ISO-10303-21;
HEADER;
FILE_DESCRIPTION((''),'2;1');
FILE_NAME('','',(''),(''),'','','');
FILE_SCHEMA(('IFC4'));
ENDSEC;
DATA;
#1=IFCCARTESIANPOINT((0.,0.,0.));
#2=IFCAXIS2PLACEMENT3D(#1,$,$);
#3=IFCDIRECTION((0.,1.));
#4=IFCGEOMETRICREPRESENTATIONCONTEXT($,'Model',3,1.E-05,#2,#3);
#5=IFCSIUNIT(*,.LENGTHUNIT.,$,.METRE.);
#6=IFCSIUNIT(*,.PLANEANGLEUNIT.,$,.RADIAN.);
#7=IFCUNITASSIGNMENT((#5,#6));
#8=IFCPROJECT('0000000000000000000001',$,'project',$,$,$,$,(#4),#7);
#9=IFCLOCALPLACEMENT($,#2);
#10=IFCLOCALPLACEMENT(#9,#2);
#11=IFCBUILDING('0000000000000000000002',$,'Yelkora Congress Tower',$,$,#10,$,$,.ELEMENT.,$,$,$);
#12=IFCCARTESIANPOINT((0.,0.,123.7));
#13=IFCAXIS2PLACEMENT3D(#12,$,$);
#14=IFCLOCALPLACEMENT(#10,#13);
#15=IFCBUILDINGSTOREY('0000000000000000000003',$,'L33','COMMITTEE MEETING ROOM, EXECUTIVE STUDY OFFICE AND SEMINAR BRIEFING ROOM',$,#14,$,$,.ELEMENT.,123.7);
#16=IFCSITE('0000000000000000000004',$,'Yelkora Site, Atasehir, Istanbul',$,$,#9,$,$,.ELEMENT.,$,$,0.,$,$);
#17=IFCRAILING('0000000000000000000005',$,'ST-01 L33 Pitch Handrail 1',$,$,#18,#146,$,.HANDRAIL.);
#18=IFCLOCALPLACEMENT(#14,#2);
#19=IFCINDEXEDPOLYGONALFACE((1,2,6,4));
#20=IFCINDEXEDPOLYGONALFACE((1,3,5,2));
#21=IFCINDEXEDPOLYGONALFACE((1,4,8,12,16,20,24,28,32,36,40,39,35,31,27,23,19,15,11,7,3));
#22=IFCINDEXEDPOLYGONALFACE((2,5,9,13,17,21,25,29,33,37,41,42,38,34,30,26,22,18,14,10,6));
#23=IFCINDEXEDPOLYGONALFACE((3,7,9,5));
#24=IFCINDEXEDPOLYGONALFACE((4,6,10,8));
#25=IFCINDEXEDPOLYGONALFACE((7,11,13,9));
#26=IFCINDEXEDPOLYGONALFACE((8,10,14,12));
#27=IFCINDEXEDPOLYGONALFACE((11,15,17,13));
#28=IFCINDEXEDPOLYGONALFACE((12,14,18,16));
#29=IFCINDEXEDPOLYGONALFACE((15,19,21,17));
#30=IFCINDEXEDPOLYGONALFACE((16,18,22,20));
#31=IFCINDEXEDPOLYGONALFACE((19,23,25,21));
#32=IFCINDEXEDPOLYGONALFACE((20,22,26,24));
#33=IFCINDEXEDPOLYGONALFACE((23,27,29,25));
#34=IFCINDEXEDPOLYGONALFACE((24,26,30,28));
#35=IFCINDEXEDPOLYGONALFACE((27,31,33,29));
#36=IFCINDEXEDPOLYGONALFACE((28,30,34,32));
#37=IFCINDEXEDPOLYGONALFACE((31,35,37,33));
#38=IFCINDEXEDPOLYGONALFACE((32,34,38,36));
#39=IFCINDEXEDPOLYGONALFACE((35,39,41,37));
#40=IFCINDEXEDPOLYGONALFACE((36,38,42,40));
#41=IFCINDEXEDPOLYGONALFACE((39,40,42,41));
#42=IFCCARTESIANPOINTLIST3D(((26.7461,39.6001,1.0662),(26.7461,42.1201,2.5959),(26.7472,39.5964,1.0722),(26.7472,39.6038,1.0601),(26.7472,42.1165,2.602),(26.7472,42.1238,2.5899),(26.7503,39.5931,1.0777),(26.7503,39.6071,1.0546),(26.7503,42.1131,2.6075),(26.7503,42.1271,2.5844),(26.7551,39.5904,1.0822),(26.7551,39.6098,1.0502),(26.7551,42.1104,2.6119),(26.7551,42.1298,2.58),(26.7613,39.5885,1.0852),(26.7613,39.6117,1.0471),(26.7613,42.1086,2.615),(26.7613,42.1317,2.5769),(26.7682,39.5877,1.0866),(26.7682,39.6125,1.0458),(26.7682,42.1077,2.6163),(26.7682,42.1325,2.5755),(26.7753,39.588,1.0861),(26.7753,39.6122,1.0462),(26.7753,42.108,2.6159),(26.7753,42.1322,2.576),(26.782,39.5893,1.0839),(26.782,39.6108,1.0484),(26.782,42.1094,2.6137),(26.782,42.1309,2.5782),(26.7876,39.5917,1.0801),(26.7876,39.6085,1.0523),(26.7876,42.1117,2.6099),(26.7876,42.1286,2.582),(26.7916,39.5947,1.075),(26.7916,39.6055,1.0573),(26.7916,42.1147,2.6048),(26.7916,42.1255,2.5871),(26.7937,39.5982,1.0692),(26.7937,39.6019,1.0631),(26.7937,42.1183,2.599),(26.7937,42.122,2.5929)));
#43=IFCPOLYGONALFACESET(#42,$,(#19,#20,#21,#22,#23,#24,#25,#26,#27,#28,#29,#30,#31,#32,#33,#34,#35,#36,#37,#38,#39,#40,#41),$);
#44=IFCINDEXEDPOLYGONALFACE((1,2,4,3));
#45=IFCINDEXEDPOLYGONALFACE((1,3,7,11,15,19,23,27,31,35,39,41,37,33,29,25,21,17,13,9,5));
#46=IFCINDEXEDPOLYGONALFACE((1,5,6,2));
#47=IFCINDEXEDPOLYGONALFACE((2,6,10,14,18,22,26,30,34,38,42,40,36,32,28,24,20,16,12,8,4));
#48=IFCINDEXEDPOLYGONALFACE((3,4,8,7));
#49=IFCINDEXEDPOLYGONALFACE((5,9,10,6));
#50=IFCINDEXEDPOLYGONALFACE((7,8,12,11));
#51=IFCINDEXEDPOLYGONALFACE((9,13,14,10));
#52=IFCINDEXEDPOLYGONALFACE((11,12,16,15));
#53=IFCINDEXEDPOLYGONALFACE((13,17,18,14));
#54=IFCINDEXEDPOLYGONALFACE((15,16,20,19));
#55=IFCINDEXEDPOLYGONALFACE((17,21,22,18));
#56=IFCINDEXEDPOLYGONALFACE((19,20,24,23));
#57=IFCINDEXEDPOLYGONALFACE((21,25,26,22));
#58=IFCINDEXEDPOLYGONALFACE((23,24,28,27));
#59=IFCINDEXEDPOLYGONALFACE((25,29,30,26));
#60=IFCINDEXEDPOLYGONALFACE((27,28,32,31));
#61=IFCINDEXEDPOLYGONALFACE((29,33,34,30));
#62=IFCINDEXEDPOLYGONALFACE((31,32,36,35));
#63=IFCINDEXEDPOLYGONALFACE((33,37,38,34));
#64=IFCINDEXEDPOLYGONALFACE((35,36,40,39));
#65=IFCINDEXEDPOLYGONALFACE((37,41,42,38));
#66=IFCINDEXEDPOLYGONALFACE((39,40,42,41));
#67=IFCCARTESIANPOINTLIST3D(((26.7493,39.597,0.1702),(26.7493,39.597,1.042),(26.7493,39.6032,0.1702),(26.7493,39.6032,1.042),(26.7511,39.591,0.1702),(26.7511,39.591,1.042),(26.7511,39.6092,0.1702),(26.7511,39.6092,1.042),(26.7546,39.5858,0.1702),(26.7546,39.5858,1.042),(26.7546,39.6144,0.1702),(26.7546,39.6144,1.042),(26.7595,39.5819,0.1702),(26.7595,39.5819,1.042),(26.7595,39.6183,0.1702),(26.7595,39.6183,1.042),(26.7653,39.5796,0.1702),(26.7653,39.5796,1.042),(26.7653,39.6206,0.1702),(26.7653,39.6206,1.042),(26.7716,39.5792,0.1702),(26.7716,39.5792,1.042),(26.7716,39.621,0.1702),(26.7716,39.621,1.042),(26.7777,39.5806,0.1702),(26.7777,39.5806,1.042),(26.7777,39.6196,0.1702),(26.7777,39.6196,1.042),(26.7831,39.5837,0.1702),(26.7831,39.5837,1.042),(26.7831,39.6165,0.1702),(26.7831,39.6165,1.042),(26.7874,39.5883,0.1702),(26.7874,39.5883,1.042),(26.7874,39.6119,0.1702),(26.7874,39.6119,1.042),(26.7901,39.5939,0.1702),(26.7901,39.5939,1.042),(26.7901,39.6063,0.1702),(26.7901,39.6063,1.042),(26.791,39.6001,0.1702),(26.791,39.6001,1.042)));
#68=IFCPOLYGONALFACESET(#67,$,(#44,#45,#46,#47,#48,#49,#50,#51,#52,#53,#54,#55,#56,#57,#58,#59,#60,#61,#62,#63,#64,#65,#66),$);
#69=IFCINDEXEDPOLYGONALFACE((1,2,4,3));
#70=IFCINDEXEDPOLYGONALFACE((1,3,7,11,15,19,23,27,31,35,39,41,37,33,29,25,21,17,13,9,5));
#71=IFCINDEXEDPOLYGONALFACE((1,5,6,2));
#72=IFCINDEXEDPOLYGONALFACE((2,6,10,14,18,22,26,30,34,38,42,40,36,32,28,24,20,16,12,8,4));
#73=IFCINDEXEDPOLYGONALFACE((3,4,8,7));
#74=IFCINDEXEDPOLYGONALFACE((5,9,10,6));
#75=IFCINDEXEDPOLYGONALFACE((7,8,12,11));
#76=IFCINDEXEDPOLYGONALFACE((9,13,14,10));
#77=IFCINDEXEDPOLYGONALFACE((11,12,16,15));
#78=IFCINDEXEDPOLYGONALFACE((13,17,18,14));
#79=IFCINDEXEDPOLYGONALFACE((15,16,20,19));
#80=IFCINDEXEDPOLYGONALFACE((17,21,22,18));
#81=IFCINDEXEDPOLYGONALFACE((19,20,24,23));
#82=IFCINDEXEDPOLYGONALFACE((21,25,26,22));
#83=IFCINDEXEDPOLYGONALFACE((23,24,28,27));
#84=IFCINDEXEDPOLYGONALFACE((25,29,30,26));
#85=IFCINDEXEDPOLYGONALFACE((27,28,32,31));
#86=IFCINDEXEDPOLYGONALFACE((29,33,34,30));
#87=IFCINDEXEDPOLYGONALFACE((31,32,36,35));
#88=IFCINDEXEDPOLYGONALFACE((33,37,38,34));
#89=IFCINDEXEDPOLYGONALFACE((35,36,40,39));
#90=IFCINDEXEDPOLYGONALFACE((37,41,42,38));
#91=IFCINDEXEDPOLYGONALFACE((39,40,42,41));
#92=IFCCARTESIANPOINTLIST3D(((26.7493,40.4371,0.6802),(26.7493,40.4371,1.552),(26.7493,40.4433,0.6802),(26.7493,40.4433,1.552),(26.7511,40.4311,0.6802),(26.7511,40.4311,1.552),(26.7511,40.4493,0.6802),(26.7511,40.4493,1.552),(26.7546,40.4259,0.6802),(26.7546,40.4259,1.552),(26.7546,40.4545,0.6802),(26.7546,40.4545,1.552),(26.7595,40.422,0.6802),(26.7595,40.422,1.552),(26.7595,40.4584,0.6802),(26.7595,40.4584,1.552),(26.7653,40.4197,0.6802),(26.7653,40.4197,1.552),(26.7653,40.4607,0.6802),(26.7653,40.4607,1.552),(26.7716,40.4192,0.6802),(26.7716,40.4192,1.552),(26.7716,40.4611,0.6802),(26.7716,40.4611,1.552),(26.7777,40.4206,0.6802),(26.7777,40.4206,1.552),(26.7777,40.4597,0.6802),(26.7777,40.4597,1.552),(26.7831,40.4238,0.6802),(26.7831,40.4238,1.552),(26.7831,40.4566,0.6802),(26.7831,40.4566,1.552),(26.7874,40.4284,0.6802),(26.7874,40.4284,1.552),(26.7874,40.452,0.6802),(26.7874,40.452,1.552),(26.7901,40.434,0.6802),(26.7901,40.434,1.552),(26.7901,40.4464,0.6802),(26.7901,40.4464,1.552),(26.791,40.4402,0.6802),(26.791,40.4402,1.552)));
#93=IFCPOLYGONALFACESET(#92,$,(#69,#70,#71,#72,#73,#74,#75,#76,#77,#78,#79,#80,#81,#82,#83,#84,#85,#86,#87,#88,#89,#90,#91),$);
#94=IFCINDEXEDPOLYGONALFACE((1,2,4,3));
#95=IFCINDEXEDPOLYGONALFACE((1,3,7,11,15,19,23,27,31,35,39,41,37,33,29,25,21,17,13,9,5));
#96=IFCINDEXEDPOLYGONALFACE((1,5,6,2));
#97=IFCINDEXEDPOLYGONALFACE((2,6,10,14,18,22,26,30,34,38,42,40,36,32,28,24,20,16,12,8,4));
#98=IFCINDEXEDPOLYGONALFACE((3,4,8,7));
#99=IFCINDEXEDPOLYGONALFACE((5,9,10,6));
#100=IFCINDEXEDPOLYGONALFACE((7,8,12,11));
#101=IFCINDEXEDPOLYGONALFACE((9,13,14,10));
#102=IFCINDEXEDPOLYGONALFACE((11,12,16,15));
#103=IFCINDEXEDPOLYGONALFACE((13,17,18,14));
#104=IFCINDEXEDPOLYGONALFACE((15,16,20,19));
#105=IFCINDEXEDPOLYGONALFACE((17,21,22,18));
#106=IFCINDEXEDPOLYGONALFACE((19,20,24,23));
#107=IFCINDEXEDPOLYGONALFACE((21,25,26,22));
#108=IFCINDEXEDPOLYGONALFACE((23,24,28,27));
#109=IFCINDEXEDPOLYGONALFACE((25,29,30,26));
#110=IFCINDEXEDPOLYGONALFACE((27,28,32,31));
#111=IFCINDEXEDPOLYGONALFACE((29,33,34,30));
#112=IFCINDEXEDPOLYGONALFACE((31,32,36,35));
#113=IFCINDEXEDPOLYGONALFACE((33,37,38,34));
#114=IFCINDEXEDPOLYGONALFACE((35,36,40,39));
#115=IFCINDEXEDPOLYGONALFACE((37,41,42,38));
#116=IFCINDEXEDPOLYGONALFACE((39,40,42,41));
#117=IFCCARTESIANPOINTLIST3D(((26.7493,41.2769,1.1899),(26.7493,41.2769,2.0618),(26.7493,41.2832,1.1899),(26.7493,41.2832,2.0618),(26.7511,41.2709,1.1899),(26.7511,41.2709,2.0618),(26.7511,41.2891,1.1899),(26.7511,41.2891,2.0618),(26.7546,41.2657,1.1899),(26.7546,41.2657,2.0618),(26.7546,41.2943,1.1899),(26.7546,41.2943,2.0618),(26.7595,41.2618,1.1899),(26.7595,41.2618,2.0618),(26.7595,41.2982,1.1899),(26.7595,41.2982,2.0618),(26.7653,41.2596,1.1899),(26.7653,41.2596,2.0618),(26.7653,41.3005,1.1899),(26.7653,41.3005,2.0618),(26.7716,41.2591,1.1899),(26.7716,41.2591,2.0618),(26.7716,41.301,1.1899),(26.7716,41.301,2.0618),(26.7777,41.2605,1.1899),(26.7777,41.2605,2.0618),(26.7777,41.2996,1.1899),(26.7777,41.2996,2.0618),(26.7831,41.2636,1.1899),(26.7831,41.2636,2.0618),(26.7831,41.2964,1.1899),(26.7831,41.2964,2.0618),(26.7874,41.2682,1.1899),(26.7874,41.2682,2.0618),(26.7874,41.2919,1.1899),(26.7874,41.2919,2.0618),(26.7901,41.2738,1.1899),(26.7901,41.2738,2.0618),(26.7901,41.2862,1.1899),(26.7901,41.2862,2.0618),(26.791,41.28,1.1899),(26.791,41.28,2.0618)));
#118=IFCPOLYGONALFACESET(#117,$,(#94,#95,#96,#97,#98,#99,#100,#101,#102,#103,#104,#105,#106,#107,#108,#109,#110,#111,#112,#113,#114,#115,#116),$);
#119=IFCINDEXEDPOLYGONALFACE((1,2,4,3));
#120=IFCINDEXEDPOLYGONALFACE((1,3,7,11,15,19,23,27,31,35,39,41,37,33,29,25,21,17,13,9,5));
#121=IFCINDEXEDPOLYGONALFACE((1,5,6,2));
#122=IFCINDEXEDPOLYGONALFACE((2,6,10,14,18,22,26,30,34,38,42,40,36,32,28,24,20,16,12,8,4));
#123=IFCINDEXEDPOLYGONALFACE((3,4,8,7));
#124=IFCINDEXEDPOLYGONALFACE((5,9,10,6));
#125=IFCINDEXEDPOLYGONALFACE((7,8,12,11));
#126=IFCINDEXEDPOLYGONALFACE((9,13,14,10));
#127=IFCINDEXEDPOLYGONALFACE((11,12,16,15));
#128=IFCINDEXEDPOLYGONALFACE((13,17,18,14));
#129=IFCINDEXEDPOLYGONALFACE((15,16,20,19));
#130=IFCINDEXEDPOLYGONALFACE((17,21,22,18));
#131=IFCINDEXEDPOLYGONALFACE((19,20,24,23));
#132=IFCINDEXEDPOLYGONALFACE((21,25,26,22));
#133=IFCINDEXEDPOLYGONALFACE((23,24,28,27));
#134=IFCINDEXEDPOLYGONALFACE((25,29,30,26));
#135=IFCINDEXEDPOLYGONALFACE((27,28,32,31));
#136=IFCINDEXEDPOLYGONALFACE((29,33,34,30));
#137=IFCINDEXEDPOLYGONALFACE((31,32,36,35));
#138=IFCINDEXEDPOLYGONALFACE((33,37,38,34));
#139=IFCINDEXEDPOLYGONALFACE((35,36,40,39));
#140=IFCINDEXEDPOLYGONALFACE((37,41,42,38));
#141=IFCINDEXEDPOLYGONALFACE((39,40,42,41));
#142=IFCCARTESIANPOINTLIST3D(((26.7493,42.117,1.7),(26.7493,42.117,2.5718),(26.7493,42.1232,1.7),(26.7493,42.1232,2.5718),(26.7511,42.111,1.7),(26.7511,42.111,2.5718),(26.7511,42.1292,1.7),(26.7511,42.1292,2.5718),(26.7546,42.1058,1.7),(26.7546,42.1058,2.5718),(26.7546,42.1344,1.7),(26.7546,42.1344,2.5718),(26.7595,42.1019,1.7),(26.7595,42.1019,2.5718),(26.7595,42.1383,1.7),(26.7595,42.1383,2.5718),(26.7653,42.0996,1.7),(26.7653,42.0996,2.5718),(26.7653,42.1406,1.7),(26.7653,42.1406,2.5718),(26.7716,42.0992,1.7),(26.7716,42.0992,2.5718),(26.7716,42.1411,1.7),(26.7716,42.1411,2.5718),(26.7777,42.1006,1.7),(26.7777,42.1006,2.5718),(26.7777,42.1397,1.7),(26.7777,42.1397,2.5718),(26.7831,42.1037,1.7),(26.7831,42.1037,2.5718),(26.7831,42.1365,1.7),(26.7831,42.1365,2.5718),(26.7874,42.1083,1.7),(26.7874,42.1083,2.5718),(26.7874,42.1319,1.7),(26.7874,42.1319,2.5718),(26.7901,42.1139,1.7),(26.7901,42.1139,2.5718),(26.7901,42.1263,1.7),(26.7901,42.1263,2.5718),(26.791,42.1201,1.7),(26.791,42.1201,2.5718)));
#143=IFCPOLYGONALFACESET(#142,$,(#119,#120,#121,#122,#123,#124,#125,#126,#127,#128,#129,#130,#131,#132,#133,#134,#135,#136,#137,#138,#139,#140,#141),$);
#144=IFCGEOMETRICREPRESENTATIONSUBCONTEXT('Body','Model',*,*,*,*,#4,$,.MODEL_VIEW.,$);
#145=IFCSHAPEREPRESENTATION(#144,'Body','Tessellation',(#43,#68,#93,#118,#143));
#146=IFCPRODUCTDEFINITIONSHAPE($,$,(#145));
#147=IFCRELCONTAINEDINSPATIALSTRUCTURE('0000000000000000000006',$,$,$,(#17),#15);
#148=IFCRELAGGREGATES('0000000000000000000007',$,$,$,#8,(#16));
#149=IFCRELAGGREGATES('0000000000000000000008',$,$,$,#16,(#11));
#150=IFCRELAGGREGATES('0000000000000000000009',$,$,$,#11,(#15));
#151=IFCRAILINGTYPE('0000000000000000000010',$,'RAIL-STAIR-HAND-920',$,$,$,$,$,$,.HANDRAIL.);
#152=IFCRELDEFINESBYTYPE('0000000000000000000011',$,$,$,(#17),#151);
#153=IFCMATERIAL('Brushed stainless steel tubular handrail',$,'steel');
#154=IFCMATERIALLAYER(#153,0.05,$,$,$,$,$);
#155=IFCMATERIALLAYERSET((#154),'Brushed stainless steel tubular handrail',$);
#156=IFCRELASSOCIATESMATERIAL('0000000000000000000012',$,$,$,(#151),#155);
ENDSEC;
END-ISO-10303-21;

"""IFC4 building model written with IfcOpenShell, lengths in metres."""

from ifc_helpers import new_model, si_unit, direction, frame, origin, origin_2d, place, context, subcontext, project, spatial, circle, extrude, material, layer, layer_set, type_object, element, save


model = new_model("IFC4")

# Units and contexts
model_context = context("Model", 3, precision=1e-05, world=origin(), true_north=direction((0.0, 1.0)))
body_context = subcontext(model_context, "Body", "Model", "MODEL_VIEW")
ifc_project = project(units=[si_unit("LENGTHUNIT", "METRE"), si_unit("PLANEANGLEUNIT", "RADIAN")], contexts=[model_context])

# Site, building, storey
site_placement = place(None, origin())
site = spatial("IfcSite", under=ifc_project, at=site_placement, Name="Yelkora Site, Atasehir, Istanbul", CompositionType="ELEMENT", RefElevation=0.0)
building_placement = place(site_placement, origin())
building = spatial("IfcBuilding", under=site, at=building_placement, Name="Yelkora Congress Tower", CompositionType="ELEMENT")
storey_placement = place(building_placement, frame((0.0, 0.0, 123.7)))
storey = spatial("IfcBuildingStorey", under=building, at=storey_placement, Name="L33", Description="COMMITTEE MEETING ROOM, EXECUTIVE STUDY OFFICE AND SEMINAR BRIEFING ROOM", CompositionType="ELEMENT", Elevation=123.7)

# Railing
ifc_material_1 = material(Name="Brushed stainless steel tubular handrail", Category="steel")
ifc_layer_1 = layer(ifc_material_1, 0.05)
ifc_layer_set_1 = layer_set([ifc_layer_1], Name="Brushed stainless steel tubular handrail")
railing_type_1 = type_object("IfcRailingType", Name="RAIL-STAIR-HAND-920", PredefinedType="HANDRAIL", material=ifc_layer_set_1)
railing_1_placement = place(storey_placement, frame((26.77, 39.6001, 0.1702)))
element("IfcRailing", 1, at=railing_1_placement, inside=storey, type_object=railing_type_1, Name="ST-01 L33 Pitch Handrail 1", PredefinedType="HANDRAIL", context=body_context, shape_type="SweptSolid", body=[
    extrude(circle(Radius=0.0239, at=origin_2d()), frame((0.0, 0.0, 0.896), z_axis=(0.0, 0.854822, 0.518922), x_axis=(-1.0, 0.0, 0.0)), (0.0, 0.0, 1.0), 2.948),
    extrude(circle(Radius=0.021, at=origin_2d()), origin(), (0.0, 0.0, 1.0), 0.8718),
    extrude(circle(Radius=0.021, at=origin_2d()), frame((0.0, 0.8401, 0.51)), (0.0, 0.0, 1.0), 0.8718),
    extrude(circle(Radius=0.021, at=origin_2d()), frame((0.0, 1.6799, 1.0198)), (0.0, 0.0, 1.0), 0.8718),
    extrude(circle(Radius=0.021, at=origin_2d()), frame((0.0, 2.52, 1.5298)), (0.0, 0.0, 1.0), 0.8718),
])

save(model, "model.ifc")
